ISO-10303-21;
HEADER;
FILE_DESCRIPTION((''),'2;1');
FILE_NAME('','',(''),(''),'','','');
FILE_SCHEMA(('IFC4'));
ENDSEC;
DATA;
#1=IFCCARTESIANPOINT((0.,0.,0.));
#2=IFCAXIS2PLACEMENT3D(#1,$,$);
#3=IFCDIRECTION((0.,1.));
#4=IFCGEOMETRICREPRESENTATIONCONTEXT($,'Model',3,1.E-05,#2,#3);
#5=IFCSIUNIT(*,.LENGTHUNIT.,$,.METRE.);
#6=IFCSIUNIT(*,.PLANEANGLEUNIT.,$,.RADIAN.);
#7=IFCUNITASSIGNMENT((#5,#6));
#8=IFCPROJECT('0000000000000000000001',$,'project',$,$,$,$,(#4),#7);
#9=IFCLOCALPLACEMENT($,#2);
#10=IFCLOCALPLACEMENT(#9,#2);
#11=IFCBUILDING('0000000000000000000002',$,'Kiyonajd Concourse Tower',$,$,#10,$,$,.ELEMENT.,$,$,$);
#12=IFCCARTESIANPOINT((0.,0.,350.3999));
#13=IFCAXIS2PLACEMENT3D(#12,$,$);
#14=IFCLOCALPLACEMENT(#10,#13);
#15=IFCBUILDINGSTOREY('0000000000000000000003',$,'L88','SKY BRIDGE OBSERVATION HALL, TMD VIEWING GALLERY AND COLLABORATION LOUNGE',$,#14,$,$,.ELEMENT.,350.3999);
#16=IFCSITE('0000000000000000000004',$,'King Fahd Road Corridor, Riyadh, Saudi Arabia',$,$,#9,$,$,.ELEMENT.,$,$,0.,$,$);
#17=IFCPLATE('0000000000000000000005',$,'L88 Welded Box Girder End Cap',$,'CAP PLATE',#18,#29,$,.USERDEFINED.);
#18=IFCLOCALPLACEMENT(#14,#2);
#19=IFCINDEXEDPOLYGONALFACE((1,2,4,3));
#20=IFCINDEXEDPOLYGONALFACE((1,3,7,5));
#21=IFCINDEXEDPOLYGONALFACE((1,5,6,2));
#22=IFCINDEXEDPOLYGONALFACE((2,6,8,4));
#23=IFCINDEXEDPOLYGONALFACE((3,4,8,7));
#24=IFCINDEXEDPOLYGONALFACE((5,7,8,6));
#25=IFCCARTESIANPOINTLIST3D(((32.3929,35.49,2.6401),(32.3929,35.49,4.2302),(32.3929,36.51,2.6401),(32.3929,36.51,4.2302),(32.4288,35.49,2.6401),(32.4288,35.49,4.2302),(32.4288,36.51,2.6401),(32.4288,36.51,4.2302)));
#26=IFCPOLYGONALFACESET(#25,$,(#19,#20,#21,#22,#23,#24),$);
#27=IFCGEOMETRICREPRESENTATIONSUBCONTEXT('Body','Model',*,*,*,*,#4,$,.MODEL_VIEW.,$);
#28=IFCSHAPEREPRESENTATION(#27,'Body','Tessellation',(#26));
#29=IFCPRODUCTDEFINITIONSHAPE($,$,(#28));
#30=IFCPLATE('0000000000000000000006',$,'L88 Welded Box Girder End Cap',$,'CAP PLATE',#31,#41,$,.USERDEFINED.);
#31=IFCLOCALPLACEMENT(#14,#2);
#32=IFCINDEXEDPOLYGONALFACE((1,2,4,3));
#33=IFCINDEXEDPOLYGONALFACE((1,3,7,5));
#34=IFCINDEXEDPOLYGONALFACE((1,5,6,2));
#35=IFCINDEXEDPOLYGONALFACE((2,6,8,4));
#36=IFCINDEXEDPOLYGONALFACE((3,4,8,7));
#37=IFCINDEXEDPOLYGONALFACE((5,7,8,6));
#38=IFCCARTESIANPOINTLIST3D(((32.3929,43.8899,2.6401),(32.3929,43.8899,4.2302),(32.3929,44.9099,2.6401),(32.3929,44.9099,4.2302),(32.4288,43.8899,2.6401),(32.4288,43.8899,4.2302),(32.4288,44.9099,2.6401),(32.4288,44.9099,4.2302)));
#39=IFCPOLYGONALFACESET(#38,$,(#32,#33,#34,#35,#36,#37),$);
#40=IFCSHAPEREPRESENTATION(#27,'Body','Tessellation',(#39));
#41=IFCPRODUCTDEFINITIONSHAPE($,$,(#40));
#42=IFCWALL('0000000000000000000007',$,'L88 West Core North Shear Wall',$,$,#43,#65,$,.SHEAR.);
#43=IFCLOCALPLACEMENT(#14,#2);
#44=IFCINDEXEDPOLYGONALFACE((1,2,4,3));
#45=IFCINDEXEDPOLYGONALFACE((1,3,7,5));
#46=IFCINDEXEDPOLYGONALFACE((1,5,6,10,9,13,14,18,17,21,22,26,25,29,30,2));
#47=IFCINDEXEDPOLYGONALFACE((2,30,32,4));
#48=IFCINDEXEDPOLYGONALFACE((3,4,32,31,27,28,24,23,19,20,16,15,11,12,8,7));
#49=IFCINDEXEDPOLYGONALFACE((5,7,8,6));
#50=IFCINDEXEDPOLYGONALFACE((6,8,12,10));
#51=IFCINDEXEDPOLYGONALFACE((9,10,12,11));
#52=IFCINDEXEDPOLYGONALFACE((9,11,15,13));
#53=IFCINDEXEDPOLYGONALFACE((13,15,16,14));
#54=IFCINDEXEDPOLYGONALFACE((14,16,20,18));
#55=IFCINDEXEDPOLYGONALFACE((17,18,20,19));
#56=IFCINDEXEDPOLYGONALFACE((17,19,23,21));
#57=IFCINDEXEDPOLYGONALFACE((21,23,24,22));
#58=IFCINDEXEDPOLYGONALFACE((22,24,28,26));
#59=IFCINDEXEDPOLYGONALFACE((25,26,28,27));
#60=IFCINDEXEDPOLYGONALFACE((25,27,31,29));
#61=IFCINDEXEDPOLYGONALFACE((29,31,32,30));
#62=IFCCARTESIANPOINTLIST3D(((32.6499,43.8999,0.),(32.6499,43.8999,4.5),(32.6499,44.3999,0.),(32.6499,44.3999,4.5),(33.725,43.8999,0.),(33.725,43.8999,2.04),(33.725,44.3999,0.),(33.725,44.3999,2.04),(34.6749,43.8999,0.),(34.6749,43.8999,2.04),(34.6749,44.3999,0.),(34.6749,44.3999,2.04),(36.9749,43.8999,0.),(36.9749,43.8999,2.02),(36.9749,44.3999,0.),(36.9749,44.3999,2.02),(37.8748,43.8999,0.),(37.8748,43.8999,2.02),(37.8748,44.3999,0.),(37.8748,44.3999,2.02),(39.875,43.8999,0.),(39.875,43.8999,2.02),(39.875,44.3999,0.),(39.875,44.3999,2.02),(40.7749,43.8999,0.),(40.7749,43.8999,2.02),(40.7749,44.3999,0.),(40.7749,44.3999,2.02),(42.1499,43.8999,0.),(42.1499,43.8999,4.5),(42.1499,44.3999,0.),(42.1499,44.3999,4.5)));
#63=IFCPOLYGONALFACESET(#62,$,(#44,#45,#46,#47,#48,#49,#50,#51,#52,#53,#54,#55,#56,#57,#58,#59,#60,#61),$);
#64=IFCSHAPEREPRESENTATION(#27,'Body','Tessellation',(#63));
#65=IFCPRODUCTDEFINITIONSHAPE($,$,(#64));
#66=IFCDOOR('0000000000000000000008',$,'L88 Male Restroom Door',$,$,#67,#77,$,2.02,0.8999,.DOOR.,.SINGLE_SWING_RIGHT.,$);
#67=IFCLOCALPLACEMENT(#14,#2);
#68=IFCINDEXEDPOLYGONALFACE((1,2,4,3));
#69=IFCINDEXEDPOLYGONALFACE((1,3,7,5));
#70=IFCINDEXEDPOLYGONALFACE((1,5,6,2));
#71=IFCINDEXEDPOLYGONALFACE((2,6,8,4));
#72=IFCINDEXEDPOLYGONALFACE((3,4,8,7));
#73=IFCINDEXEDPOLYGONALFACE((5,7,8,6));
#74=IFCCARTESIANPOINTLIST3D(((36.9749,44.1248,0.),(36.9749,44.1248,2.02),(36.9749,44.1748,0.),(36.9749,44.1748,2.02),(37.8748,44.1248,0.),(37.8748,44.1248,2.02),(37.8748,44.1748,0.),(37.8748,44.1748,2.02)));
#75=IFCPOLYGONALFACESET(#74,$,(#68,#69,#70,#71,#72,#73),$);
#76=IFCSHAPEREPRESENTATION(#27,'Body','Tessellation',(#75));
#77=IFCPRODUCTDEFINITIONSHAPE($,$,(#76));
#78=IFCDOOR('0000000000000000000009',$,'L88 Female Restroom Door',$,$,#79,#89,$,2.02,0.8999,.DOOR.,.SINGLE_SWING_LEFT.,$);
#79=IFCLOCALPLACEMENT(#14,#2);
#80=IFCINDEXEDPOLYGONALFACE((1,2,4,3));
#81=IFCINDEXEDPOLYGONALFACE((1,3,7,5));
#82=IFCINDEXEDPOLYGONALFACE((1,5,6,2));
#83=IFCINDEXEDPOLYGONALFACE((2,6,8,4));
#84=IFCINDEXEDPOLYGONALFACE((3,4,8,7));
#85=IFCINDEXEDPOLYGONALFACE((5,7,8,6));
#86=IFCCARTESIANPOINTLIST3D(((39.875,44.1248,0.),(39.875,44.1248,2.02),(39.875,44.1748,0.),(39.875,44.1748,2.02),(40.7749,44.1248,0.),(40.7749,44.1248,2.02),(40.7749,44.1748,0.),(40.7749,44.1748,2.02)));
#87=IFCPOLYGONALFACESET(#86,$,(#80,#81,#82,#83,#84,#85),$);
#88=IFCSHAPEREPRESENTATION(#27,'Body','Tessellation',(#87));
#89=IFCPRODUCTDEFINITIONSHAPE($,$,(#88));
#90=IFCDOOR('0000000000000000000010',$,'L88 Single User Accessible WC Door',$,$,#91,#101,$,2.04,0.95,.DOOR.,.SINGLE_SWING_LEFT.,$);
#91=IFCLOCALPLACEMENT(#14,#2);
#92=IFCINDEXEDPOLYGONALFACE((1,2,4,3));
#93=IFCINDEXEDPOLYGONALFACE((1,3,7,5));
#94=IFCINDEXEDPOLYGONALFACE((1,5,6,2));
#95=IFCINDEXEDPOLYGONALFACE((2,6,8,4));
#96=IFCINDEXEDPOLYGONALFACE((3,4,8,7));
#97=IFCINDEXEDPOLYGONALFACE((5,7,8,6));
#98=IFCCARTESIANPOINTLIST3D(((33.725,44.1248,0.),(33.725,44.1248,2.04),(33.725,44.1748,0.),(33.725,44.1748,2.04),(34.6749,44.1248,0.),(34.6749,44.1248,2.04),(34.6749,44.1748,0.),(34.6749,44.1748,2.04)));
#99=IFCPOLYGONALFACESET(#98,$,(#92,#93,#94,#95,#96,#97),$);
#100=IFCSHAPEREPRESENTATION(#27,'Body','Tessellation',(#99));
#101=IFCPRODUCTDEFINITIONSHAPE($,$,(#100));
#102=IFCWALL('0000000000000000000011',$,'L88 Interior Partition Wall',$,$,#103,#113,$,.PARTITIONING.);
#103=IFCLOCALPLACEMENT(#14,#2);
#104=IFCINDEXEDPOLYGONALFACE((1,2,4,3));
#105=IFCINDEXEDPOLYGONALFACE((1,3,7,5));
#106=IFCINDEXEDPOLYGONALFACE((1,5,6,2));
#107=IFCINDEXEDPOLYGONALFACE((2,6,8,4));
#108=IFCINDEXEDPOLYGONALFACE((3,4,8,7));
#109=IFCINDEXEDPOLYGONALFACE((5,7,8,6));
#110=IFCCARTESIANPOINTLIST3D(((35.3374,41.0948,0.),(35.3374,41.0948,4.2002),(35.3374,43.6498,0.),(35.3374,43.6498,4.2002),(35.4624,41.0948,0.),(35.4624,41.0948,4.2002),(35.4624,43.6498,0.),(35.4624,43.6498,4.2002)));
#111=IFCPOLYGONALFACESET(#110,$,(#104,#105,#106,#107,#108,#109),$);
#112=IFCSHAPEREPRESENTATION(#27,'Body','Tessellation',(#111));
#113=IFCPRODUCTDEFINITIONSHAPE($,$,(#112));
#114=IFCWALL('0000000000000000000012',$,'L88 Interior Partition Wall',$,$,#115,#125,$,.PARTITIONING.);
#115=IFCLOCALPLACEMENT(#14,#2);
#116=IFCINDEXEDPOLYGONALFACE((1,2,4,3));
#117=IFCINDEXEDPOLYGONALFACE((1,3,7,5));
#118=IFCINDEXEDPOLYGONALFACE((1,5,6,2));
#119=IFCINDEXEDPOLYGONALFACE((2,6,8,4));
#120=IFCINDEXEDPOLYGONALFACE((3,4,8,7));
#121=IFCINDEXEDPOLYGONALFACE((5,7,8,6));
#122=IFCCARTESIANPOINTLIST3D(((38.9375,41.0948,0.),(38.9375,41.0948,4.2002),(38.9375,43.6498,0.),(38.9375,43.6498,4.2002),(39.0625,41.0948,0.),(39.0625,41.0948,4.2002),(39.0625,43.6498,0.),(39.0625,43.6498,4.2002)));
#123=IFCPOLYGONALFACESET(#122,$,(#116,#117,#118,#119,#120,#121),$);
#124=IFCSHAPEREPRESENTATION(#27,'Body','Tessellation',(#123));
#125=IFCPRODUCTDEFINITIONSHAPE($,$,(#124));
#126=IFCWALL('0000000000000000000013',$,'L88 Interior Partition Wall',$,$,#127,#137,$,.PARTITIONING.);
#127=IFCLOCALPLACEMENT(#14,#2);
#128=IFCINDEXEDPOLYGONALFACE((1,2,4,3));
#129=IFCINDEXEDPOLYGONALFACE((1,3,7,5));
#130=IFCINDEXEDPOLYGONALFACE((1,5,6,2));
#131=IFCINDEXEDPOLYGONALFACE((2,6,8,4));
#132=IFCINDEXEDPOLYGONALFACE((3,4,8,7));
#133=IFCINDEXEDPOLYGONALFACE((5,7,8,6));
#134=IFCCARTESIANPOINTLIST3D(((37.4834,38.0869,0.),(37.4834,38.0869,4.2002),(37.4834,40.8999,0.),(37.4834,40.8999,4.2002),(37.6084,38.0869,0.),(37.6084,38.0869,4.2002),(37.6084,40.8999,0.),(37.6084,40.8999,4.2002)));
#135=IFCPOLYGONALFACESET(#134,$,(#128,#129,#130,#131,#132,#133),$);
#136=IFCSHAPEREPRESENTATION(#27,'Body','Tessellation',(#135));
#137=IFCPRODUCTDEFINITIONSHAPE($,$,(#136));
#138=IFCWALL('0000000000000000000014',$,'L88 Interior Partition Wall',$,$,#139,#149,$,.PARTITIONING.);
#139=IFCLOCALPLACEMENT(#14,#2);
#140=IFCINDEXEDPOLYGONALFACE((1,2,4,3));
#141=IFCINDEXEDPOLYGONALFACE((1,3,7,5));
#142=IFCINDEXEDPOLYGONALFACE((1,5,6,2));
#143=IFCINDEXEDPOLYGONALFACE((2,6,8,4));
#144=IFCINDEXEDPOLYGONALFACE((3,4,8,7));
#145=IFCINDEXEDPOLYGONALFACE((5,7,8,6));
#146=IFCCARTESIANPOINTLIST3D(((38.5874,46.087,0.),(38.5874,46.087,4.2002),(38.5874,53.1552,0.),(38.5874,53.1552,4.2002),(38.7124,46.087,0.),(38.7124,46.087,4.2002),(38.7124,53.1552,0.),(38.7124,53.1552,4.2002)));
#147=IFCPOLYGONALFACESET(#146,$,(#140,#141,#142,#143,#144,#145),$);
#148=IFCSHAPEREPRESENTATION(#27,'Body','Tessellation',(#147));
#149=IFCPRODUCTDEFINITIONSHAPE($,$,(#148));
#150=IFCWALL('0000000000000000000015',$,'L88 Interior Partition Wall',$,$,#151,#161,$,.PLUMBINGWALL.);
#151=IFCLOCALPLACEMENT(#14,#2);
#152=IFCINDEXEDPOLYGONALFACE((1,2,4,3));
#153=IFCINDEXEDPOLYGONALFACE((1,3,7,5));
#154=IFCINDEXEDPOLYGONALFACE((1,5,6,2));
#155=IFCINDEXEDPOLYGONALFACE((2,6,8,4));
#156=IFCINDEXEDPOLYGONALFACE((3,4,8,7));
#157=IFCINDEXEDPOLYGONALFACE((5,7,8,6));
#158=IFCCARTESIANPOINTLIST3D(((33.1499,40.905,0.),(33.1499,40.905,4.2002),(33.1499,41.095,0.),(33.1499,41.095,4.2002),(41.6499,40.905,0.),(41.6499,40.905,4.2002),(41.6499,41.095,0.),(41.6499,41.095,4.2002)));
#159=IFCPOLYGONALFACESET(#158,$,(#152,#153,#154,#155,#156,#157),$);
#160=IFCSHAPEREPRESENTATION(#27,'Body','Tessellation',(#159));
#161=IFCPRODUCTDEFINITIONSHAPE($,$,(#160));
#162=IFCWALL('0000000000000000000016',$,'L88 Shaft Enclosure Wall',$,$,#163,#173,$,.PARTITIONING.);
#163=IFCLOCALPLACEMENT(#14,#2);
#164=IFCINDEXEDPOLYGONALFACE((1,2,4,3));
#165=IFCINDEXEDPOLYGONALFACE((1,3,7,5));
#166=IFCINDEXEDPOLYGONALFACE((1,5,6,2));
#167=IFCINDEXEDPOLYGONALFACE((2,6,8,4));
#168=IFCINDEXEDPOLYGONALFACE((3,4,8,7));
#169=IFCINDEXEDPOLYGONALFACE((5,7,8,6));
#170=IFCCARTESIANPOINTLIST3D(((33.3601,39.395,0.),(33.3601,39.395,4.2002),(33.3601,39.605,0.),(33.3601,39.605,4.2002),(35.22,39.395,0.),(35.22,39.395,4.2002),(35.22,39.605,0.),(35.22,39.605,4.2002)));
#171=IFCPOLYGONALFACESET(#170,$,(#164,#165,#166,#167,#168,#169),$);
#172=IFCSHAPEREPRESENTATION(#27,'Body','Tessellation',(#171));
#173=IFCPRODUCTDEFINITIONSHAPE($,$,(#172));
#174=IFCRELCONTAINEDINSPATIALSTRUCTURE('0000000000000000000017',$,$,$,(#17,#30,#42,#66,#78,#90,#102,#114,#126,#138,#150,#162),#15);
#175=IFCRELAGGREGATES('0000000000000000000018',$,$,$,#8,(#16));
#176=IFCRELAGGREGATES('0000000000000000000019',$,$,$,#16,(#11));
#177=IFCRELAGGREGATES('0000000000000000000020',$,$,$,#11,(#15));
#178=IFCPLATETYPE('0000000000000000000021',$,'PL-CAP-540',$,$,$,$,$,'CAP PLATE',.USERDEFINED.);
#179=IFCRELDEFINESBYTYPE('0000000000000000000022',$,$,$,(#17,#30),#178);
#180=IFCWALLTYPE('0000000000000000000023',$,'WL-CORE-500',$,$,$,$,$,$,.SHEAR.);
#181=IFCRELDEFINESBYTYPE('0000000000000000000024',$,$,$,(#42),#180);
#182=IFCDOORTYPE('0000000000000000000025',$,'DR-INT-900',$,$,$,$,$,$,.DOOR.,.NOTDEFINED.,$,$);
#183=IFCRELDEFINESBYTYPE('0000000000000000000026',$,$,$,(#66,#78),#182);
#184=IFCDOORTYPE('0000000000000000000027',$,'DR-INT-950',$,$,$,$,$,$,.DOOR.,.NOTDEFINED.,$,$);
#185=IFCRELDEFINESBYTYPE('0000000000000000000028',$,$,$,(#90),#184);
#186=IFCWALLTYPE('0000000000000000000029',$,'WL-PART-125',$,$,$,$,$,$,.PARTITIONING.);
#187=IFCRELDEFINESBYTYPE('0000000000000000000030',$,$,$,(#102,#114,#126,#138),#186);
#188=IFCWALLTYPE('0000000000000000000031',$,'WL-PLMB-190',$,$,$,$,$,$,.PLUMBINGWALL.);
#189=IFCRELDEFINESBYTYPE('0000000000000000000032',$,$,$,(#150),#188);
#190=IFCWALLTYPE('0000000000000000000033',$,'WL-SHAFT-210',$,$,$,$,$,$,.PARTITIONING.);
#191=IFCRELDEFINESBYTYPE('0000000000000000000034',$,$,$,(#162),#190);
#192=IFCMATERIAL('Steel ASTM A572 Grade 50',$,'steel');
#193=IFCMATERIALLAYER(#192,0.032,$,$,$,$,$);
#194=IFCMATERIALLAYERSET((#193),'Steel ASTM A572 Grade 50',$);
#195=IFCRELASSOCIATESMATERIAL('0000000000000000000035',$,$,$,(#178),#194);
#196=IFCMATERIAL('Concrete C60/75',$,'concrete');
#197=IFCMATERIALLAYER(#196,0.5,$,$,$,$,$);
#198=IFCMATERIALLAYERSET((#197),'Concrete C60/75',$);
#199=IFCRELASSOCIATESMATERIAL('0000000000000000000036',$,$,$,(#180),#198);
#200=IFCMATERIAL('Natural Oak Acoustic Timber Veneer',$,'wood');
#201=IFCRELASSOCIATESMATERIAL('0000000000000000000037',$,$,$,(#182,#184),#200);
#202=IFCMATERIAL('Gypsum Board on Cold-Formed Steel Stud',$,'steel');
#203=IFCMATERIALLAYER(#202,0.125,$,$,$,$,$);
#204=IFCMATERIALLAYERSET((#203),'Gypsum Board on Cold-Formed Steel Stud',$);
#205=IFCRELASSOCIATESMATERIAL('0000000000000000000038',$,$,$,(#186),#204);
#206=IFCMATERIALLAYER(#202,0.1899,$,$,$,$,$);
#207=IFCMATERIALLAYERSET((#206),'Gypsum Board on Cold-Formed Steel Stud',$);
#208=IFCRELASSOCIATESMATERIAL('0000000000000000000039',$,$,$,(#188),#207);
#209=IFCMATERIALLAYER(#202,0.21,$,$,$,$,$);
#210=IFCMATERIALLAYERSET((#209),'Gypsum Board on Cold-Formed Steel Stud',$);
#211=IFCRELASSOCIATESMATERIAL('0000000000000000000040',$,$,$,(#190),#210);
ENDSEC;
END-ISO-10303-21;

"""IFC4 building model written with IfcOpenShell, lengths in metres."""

from ifc_helpers import new_model, si_unit, direction, frame, frame_2d, origin, origin_2d, place, context, subcontext, project, spatial, rectangle, extrude, material, layer, layer_set, type_object, element, fill, save


model = new_model("IFC4")

# Units and contexts
model_context = context("Model", 3, precision=1e-05, world=origin(), true_north=direction((0.0, 1.0)))
body_context = subcontext(model_context, "Body", "Model", "MODEL_VIEW")
ifc_project = project(units=[si_unit("LENGTHUNIT", "METRE"), si_unit("PLANEANGLEUNIT", "RADIAN")], contexts=[model_context])

# Site, building, storey
site_placement = place(None, origin())
site = spatial("IfcSite", under=ifc_project, at=site_placement, Name="King Fahd Road Corridor, Riyadh, Saudi Arabia", CompositionType="ELEMENT", RefElevation=0.0)
building_placement = place(site_placement, origin())
building = spatial("IfcBuilding", under=site, at=building_placement, Name="Kiyonajd Concourse Tower", CompositionType="ELEMENT")
storey_placement = place(building_placement, frame((0.0, 0.0, 350.3999)))
storey = spatial("IfcBuildingStorey", under=building, at=storey_placement, Name="L88", Description="SKY BRIDGE OBSERVATION HALL, TMD VIEWING GALLERY AND COLLABORATION LOUNGE", CompositionType="ELEMENT", Elevation=350.3999)

# Plates
ifc_material_1 = material(Name="Steel ASTM A572 Grade 50", Category="steel")
ifc_layer_1 = layer(ifc_material_1, 0.032)
ifc_layer_set_1 = layer_set([ifc_layer_1], Name="Steel ASTM A572 Grade 50")
plate_type = type_object("IfcPlateType", Name="PL-CAP-540", ElementType="CAP PLATE", PredefinedType="USERDEFINED", material=ifc_layer_set_1)
for number, where, z_axis, x_axis, name in (
    (1, (32.4109, 36.0, 2.6401), (0.0, 0.0, 1.0), (1.0, 0.0, 0.0), "L88 Welded Box Girder End Cap"),
    (2, (32.4109, 44.3999, 2.6401), (0.0, 0.0, 1.0), (1.0, 0.0, 0.0), "L88 Welded Box Girder End Cap"),
):
    element("IfcPlate", number, at=place(storey_placement, frame(where, z_axis=z_axis, x_axis=x_axis)), inside=storey, type_object=plate_type, Name=name, ObjectType="CAP PLATE", PredefinedType="USERDEFINED", context=body_context, shape_type="SweptSolid", body=[
        extrude(rectangle(XDim=0.0359, YDim=1.02, at=origin_2d()), origin(), (0.0, 0.0, 1.0), 1.5901),
    ])

# Wall, openings, doors
ifc_material_2 = material(Name="Concrete C60/75", Category="concrete")
ifc_layer_2 = layer(ifc_material_2, 0.5)
ifc_layer_set_2 = layer_set([ifc_layer_2], Name="Concrete C60/75")
wall_type_1 = type_object("IfcWallType", Name="WL-CORE-500", PredefinedType="SHEAR", material=ifc_layer_set_2)
wall_1_placement = place(storey_placement, frame((32.6499, 44.1499, 0.0), z_axis=(0.0, 0.0, 1.0), x_axis=(1.0, 0.0, 0.0)))
wall_1 = element("IfcWall", 3, at=wall_1_placement, inside=storey, type_object=wall_type_1, Name="L88 West Core North Shear Wall", PredefinedType="SHEAR", context=body_context, shape_type="SweptSolid", body=[
    extrude(rectangle(XDim=9.5, YDim=0.5, at=frame_2d((4.75, 0.0))), origin(), (0.0, 0.0, 1.0), 4.5),
])
opening_1_placement = place(wall_1_placement, frame((1.075, 0.0, 0.0)))
opening_1 = element("IfcOpeningElement", 4, at=opening_1_placement, cuts=wall_1, PredefinedType="OPENING", context=body_context, shape_type="SweptSolid", body=[
    extrude(rectangle(XDim=0.95, YDim=2.04, at=frame_2d((0.4751, 1.02))), frame((0.0, 0.26, 0.0), z_axis=(0.0, -1.0, 0.0), x_axis=(1.0, 0.0, 0.0)), (0.0, 0.0, 1.0), 0.52),
])
opening_2_placement = place(wall_1_placement, frame((4.325, 0.0, 0.0)))
opening_2 = element("IfcOpeningElement", 5, at=opening_2_placement, cuts=wall_1, PredefinedType="OPENING", context=body_context, shape_type="SweptSolid", body=[
    extrude(rectangle(XDim=0.8999, YDim=2.02, at=frame_2d((0.45, 1.01))), frame((0.0, 0.26, 0.0), z_axis=(0.0, -1.0, 0.0), x_axis=(1.0, 0.0, 0.0)), (0.0, 0.0, 1.0), 0.52),
])
opening_3_placement = place(wall_1_placement, frame((7.2251, 0.0, 0.0)))
opening_3 = element("IfcOpeningElement", 6, at=opening_3_placement, cuts=wall_1, PredefinedType="OPENING", context=body_context, shape_type="SweptSolid", body=[
    extrude(rectangle(XDim=0.8999, YDim=2.02, at=frame_2d((0.45, 1.01))), frame((0.0, 0.26, 0.0), z_axis=(0.0, -1.0, 0.0), x_axis=(1.0, 0.0, 0.0)), (0.0, 0.0, 1.0), 0.52),
])
ifc_material_3 = material(Name="Natural Oak Acoustic Timber Veneer", Category="wood")
door_type_1 = type_object("IfcDoorType", Name="DR-INT-900", OperationType="NOTDEFINED", PredefinedType="DOOR", material=ifc_material_3)
door_1_placement = place(opening_2_placement, origin())
door_1 = element("IfcDoor", 7, at=door_1_placement, inside=storey, type_object=door_type_1, Name="L88 Male Restroom Door", OperationType="SINGLE_SWING_RIGHT", OverallHeight=2.02, OverallWidth=0.8999, PredefinedType="DOOR", context=body_context, shape_type="SweptSolid", body=[
    extrude(rectangle(XDim=0.8999, YDim=2.02, at=frame_2d((0.45, 1.01))), frame((0.0, 0.0249, 0.0), z_axis=(0.0, -1.0, 0.0), x_axis=(1.0, 0.0, 0.0)), (0.0, 0.0, 1.0), 0.05),
])
fill(opening_2, door_1)
door_2_placement = place(opening_3_placement, origin())
door_2 = element("IfcDoor", 8, at=door_2_placement, inside=storey, type_object=door_type_1, Name="L88 Female Restroom Door", OperationType="SINGLE_SWING_LEFT", OverallHeight=2.02, OverallWidth=0.8999, PredefinedType="DOOR", context=body_context, shape_type="SweptSolid", body=[
    extrude(rectangle(XDim=0.8999, YDim=2.02, at=frame_2d((0.45, 1.01))), frame((0.0, 0.0249, 0.0), z_axis=(0.0, -1.0, 0.0), x_axis=(1.0, 0.0, 0.0)), (0.0, 0.0, 1.0), 0.05),
])
fill(opening_3, door_2)
door_type_2 = type_object("IfcDoorType", Name="DR-INT-950", OperationType="NOTDEFINED", PredefinedType="DOOR", material=ifc_material_3)
door_3_placement = place(opening_1_placement, origin())
door_3 = element("IfcDoor", 9, at=door_3_placement, inside=storey, type_object=door_type_2, Name="L88 Single User Accessible WC Door", OperationType="SINGLE_SWING_LEFT", OverallHeight=2.04, OverallWidth=0.95, PredefinedType="DOOR", context=body_context, shape_type="SweptSolid", body=[
    extrude(rectangle(XDim=0.95, YDim=2.04, at=frame_2d((0.4751, 1.02))), frame((0.0, 0.0249, 0.0), z_axis=(0.0, -1.0, 0.0), x_axis=(1.0, 0.0, 0.0)), (0.0, 0.0, 1.0), 0.05),
])
fill(opening_1, door_3)

# Walls
ifc_material_4 = material(Name="Gypsum Board on Cold-Formed Steel Stud", Category="steel")
ifc_layer_3 = layer(ifc_material_4, 0.125)
ifc_layer_set_3 = layer_set([ifc_layer_3], Name="Gypsum Board on Cold-Formed Steel Stud")
wall_type_2 = type_object("IfcWallType", Name="WL-PART-125", PredefinedType="PARTITIONING", material=ifc_layer_set_3)
for number, where, z_axis, x_axis, name in (
    (10, (35.3999, 41.095, 0.0), (0.0, 0.0, 1.0), (0.0, 1.0, 0.0), "L88 Interior Partition Wall"),
    (11, (39.0, 41.095, 0.0), (0.0, 0.0, 1.0), (0.0, 1.0, 0.0), "L88 Interior Partition Wall"),
):
    element("IfcWall", number, at=place(storey_placement, frame(where, z_axis=z_axis, x_axis=x_axis)), inside=storey, type_object=wall_type_2, Name=name, PredefinedType="PARTITIONING", context=body_context, shape_type="SweptSolid", body=[
        extrude(rectangle(XDim=2.5549, YDim=0.125, at=frame_2d((1.2773, 0.0))), origin(), (0.0, 0.0, 1.0), 4.2002),
    ])
wall_2_placement = place(storey_placement, frame((37.5459, 38.0869, 0.0), z_axis=(0.0, 0.0, 1.0), x_axis=(0.0, 1.0, 0.0)))
element("IfcWall", 12, at=wall_2_placement, inside=storey, type_object=wall_type_2, Name="L88 Interior Partition Wall", PredefinedType="PARTITIONING", context=body_context, shape_type="SweptSolid", body=[
    extrude(rectangle(XDim=2.813, YDim=0.125, at=frame_2d((1.4065, 0.0))), origin(), (0.0, 0.0, 1.0), 4.2002),
])
wall_3_placement = place(storey_placement, frame((38.6499, 46.0869, 0.0), z_axis=(0.0, 0.0, 1.0), x_axis=(0.0, 1.0, 0.0)))
element("IfcWall", 13, at=wall_3_placement, inside=storey, type_object=wall_type_2, Name="L88 Interior Partition Wall", PredefinedType="PARTITIONING", context=body_context, shape_type="SweptSolid", body=[
    extrude(rectangle(XDim=7.0681, YDim=0.125, at=frame_2d((3.5342, 0.0))), origin(), (0.0, 0.0, 1.0), 4.2002),
])
ifc_layer_4 = layer(ifc_material_4, 0.1899)
ifc_layer_set_4 = layer_set([ifc_layer_4], Name="Gypsum Board on Cold-Formed Steel Stud")
wall_type_3 = type_object("IfcWallType", Name="WL-PLMB-190", PredefinedType="PLUMBINGWALL", material=ifc_layer_set_4)
wall_4_placement = place(storey_placement, frame((33.1499, 41.0, 0.0), z_axis=(0.0, 0.0, 1.0), x_axis=(1.0, 0.0, 0.0)))
element("IfcWall", 14, at=wall_4_placement, inside=storey, type_object=wall_type_3, Name="L88 Interior Partition Wall", PredefinedType="PLUMBINGWALL", context=body_context, shape_type="SweptSolid", body=[
    extrude(rectangle(XDim=8.5, YDim=0.1899, at=frame_2d((4.25, 0.0))), origin(), (0.0, 0.0, 1.0), 4.2002),
])
ifc_layer_5 = layer(ifc_material_4, 0.21)
ifc_layer_set_5 = layer_set([ifc_layer_5], Name="Gypsum Board on Cold-Formed Steel Stud")
wall_type_4 = type_object("IfcWallType", Name="WL-SHAFT-210", PredefinedType="PARTITIONING", material=ifc_layer_set_5)
wall_5_placement = place(storey_placement, frame((33.3601, 39.5, 0.0), z_axis=(0.0, 0.0, 1.0), x_axis=(1.0, 0.0, 0.0)))
element("IfcWall", 15, at=wall_5_placement, inside=storey, type_object=wall_type_4, Name="L88 Shaft Enclosure Wall", PredefinedType="PARTITIONING", context=body_context, shape_type="SweptSolid", body=[
    extrude(rectangle(XDim=1.8599, YDim=0.21, at=frame_2d((0.9299, 0.0))), origin(), (0.0, 0.0, 1.0), 4.2002),
])

save(model, "model.ifc")
